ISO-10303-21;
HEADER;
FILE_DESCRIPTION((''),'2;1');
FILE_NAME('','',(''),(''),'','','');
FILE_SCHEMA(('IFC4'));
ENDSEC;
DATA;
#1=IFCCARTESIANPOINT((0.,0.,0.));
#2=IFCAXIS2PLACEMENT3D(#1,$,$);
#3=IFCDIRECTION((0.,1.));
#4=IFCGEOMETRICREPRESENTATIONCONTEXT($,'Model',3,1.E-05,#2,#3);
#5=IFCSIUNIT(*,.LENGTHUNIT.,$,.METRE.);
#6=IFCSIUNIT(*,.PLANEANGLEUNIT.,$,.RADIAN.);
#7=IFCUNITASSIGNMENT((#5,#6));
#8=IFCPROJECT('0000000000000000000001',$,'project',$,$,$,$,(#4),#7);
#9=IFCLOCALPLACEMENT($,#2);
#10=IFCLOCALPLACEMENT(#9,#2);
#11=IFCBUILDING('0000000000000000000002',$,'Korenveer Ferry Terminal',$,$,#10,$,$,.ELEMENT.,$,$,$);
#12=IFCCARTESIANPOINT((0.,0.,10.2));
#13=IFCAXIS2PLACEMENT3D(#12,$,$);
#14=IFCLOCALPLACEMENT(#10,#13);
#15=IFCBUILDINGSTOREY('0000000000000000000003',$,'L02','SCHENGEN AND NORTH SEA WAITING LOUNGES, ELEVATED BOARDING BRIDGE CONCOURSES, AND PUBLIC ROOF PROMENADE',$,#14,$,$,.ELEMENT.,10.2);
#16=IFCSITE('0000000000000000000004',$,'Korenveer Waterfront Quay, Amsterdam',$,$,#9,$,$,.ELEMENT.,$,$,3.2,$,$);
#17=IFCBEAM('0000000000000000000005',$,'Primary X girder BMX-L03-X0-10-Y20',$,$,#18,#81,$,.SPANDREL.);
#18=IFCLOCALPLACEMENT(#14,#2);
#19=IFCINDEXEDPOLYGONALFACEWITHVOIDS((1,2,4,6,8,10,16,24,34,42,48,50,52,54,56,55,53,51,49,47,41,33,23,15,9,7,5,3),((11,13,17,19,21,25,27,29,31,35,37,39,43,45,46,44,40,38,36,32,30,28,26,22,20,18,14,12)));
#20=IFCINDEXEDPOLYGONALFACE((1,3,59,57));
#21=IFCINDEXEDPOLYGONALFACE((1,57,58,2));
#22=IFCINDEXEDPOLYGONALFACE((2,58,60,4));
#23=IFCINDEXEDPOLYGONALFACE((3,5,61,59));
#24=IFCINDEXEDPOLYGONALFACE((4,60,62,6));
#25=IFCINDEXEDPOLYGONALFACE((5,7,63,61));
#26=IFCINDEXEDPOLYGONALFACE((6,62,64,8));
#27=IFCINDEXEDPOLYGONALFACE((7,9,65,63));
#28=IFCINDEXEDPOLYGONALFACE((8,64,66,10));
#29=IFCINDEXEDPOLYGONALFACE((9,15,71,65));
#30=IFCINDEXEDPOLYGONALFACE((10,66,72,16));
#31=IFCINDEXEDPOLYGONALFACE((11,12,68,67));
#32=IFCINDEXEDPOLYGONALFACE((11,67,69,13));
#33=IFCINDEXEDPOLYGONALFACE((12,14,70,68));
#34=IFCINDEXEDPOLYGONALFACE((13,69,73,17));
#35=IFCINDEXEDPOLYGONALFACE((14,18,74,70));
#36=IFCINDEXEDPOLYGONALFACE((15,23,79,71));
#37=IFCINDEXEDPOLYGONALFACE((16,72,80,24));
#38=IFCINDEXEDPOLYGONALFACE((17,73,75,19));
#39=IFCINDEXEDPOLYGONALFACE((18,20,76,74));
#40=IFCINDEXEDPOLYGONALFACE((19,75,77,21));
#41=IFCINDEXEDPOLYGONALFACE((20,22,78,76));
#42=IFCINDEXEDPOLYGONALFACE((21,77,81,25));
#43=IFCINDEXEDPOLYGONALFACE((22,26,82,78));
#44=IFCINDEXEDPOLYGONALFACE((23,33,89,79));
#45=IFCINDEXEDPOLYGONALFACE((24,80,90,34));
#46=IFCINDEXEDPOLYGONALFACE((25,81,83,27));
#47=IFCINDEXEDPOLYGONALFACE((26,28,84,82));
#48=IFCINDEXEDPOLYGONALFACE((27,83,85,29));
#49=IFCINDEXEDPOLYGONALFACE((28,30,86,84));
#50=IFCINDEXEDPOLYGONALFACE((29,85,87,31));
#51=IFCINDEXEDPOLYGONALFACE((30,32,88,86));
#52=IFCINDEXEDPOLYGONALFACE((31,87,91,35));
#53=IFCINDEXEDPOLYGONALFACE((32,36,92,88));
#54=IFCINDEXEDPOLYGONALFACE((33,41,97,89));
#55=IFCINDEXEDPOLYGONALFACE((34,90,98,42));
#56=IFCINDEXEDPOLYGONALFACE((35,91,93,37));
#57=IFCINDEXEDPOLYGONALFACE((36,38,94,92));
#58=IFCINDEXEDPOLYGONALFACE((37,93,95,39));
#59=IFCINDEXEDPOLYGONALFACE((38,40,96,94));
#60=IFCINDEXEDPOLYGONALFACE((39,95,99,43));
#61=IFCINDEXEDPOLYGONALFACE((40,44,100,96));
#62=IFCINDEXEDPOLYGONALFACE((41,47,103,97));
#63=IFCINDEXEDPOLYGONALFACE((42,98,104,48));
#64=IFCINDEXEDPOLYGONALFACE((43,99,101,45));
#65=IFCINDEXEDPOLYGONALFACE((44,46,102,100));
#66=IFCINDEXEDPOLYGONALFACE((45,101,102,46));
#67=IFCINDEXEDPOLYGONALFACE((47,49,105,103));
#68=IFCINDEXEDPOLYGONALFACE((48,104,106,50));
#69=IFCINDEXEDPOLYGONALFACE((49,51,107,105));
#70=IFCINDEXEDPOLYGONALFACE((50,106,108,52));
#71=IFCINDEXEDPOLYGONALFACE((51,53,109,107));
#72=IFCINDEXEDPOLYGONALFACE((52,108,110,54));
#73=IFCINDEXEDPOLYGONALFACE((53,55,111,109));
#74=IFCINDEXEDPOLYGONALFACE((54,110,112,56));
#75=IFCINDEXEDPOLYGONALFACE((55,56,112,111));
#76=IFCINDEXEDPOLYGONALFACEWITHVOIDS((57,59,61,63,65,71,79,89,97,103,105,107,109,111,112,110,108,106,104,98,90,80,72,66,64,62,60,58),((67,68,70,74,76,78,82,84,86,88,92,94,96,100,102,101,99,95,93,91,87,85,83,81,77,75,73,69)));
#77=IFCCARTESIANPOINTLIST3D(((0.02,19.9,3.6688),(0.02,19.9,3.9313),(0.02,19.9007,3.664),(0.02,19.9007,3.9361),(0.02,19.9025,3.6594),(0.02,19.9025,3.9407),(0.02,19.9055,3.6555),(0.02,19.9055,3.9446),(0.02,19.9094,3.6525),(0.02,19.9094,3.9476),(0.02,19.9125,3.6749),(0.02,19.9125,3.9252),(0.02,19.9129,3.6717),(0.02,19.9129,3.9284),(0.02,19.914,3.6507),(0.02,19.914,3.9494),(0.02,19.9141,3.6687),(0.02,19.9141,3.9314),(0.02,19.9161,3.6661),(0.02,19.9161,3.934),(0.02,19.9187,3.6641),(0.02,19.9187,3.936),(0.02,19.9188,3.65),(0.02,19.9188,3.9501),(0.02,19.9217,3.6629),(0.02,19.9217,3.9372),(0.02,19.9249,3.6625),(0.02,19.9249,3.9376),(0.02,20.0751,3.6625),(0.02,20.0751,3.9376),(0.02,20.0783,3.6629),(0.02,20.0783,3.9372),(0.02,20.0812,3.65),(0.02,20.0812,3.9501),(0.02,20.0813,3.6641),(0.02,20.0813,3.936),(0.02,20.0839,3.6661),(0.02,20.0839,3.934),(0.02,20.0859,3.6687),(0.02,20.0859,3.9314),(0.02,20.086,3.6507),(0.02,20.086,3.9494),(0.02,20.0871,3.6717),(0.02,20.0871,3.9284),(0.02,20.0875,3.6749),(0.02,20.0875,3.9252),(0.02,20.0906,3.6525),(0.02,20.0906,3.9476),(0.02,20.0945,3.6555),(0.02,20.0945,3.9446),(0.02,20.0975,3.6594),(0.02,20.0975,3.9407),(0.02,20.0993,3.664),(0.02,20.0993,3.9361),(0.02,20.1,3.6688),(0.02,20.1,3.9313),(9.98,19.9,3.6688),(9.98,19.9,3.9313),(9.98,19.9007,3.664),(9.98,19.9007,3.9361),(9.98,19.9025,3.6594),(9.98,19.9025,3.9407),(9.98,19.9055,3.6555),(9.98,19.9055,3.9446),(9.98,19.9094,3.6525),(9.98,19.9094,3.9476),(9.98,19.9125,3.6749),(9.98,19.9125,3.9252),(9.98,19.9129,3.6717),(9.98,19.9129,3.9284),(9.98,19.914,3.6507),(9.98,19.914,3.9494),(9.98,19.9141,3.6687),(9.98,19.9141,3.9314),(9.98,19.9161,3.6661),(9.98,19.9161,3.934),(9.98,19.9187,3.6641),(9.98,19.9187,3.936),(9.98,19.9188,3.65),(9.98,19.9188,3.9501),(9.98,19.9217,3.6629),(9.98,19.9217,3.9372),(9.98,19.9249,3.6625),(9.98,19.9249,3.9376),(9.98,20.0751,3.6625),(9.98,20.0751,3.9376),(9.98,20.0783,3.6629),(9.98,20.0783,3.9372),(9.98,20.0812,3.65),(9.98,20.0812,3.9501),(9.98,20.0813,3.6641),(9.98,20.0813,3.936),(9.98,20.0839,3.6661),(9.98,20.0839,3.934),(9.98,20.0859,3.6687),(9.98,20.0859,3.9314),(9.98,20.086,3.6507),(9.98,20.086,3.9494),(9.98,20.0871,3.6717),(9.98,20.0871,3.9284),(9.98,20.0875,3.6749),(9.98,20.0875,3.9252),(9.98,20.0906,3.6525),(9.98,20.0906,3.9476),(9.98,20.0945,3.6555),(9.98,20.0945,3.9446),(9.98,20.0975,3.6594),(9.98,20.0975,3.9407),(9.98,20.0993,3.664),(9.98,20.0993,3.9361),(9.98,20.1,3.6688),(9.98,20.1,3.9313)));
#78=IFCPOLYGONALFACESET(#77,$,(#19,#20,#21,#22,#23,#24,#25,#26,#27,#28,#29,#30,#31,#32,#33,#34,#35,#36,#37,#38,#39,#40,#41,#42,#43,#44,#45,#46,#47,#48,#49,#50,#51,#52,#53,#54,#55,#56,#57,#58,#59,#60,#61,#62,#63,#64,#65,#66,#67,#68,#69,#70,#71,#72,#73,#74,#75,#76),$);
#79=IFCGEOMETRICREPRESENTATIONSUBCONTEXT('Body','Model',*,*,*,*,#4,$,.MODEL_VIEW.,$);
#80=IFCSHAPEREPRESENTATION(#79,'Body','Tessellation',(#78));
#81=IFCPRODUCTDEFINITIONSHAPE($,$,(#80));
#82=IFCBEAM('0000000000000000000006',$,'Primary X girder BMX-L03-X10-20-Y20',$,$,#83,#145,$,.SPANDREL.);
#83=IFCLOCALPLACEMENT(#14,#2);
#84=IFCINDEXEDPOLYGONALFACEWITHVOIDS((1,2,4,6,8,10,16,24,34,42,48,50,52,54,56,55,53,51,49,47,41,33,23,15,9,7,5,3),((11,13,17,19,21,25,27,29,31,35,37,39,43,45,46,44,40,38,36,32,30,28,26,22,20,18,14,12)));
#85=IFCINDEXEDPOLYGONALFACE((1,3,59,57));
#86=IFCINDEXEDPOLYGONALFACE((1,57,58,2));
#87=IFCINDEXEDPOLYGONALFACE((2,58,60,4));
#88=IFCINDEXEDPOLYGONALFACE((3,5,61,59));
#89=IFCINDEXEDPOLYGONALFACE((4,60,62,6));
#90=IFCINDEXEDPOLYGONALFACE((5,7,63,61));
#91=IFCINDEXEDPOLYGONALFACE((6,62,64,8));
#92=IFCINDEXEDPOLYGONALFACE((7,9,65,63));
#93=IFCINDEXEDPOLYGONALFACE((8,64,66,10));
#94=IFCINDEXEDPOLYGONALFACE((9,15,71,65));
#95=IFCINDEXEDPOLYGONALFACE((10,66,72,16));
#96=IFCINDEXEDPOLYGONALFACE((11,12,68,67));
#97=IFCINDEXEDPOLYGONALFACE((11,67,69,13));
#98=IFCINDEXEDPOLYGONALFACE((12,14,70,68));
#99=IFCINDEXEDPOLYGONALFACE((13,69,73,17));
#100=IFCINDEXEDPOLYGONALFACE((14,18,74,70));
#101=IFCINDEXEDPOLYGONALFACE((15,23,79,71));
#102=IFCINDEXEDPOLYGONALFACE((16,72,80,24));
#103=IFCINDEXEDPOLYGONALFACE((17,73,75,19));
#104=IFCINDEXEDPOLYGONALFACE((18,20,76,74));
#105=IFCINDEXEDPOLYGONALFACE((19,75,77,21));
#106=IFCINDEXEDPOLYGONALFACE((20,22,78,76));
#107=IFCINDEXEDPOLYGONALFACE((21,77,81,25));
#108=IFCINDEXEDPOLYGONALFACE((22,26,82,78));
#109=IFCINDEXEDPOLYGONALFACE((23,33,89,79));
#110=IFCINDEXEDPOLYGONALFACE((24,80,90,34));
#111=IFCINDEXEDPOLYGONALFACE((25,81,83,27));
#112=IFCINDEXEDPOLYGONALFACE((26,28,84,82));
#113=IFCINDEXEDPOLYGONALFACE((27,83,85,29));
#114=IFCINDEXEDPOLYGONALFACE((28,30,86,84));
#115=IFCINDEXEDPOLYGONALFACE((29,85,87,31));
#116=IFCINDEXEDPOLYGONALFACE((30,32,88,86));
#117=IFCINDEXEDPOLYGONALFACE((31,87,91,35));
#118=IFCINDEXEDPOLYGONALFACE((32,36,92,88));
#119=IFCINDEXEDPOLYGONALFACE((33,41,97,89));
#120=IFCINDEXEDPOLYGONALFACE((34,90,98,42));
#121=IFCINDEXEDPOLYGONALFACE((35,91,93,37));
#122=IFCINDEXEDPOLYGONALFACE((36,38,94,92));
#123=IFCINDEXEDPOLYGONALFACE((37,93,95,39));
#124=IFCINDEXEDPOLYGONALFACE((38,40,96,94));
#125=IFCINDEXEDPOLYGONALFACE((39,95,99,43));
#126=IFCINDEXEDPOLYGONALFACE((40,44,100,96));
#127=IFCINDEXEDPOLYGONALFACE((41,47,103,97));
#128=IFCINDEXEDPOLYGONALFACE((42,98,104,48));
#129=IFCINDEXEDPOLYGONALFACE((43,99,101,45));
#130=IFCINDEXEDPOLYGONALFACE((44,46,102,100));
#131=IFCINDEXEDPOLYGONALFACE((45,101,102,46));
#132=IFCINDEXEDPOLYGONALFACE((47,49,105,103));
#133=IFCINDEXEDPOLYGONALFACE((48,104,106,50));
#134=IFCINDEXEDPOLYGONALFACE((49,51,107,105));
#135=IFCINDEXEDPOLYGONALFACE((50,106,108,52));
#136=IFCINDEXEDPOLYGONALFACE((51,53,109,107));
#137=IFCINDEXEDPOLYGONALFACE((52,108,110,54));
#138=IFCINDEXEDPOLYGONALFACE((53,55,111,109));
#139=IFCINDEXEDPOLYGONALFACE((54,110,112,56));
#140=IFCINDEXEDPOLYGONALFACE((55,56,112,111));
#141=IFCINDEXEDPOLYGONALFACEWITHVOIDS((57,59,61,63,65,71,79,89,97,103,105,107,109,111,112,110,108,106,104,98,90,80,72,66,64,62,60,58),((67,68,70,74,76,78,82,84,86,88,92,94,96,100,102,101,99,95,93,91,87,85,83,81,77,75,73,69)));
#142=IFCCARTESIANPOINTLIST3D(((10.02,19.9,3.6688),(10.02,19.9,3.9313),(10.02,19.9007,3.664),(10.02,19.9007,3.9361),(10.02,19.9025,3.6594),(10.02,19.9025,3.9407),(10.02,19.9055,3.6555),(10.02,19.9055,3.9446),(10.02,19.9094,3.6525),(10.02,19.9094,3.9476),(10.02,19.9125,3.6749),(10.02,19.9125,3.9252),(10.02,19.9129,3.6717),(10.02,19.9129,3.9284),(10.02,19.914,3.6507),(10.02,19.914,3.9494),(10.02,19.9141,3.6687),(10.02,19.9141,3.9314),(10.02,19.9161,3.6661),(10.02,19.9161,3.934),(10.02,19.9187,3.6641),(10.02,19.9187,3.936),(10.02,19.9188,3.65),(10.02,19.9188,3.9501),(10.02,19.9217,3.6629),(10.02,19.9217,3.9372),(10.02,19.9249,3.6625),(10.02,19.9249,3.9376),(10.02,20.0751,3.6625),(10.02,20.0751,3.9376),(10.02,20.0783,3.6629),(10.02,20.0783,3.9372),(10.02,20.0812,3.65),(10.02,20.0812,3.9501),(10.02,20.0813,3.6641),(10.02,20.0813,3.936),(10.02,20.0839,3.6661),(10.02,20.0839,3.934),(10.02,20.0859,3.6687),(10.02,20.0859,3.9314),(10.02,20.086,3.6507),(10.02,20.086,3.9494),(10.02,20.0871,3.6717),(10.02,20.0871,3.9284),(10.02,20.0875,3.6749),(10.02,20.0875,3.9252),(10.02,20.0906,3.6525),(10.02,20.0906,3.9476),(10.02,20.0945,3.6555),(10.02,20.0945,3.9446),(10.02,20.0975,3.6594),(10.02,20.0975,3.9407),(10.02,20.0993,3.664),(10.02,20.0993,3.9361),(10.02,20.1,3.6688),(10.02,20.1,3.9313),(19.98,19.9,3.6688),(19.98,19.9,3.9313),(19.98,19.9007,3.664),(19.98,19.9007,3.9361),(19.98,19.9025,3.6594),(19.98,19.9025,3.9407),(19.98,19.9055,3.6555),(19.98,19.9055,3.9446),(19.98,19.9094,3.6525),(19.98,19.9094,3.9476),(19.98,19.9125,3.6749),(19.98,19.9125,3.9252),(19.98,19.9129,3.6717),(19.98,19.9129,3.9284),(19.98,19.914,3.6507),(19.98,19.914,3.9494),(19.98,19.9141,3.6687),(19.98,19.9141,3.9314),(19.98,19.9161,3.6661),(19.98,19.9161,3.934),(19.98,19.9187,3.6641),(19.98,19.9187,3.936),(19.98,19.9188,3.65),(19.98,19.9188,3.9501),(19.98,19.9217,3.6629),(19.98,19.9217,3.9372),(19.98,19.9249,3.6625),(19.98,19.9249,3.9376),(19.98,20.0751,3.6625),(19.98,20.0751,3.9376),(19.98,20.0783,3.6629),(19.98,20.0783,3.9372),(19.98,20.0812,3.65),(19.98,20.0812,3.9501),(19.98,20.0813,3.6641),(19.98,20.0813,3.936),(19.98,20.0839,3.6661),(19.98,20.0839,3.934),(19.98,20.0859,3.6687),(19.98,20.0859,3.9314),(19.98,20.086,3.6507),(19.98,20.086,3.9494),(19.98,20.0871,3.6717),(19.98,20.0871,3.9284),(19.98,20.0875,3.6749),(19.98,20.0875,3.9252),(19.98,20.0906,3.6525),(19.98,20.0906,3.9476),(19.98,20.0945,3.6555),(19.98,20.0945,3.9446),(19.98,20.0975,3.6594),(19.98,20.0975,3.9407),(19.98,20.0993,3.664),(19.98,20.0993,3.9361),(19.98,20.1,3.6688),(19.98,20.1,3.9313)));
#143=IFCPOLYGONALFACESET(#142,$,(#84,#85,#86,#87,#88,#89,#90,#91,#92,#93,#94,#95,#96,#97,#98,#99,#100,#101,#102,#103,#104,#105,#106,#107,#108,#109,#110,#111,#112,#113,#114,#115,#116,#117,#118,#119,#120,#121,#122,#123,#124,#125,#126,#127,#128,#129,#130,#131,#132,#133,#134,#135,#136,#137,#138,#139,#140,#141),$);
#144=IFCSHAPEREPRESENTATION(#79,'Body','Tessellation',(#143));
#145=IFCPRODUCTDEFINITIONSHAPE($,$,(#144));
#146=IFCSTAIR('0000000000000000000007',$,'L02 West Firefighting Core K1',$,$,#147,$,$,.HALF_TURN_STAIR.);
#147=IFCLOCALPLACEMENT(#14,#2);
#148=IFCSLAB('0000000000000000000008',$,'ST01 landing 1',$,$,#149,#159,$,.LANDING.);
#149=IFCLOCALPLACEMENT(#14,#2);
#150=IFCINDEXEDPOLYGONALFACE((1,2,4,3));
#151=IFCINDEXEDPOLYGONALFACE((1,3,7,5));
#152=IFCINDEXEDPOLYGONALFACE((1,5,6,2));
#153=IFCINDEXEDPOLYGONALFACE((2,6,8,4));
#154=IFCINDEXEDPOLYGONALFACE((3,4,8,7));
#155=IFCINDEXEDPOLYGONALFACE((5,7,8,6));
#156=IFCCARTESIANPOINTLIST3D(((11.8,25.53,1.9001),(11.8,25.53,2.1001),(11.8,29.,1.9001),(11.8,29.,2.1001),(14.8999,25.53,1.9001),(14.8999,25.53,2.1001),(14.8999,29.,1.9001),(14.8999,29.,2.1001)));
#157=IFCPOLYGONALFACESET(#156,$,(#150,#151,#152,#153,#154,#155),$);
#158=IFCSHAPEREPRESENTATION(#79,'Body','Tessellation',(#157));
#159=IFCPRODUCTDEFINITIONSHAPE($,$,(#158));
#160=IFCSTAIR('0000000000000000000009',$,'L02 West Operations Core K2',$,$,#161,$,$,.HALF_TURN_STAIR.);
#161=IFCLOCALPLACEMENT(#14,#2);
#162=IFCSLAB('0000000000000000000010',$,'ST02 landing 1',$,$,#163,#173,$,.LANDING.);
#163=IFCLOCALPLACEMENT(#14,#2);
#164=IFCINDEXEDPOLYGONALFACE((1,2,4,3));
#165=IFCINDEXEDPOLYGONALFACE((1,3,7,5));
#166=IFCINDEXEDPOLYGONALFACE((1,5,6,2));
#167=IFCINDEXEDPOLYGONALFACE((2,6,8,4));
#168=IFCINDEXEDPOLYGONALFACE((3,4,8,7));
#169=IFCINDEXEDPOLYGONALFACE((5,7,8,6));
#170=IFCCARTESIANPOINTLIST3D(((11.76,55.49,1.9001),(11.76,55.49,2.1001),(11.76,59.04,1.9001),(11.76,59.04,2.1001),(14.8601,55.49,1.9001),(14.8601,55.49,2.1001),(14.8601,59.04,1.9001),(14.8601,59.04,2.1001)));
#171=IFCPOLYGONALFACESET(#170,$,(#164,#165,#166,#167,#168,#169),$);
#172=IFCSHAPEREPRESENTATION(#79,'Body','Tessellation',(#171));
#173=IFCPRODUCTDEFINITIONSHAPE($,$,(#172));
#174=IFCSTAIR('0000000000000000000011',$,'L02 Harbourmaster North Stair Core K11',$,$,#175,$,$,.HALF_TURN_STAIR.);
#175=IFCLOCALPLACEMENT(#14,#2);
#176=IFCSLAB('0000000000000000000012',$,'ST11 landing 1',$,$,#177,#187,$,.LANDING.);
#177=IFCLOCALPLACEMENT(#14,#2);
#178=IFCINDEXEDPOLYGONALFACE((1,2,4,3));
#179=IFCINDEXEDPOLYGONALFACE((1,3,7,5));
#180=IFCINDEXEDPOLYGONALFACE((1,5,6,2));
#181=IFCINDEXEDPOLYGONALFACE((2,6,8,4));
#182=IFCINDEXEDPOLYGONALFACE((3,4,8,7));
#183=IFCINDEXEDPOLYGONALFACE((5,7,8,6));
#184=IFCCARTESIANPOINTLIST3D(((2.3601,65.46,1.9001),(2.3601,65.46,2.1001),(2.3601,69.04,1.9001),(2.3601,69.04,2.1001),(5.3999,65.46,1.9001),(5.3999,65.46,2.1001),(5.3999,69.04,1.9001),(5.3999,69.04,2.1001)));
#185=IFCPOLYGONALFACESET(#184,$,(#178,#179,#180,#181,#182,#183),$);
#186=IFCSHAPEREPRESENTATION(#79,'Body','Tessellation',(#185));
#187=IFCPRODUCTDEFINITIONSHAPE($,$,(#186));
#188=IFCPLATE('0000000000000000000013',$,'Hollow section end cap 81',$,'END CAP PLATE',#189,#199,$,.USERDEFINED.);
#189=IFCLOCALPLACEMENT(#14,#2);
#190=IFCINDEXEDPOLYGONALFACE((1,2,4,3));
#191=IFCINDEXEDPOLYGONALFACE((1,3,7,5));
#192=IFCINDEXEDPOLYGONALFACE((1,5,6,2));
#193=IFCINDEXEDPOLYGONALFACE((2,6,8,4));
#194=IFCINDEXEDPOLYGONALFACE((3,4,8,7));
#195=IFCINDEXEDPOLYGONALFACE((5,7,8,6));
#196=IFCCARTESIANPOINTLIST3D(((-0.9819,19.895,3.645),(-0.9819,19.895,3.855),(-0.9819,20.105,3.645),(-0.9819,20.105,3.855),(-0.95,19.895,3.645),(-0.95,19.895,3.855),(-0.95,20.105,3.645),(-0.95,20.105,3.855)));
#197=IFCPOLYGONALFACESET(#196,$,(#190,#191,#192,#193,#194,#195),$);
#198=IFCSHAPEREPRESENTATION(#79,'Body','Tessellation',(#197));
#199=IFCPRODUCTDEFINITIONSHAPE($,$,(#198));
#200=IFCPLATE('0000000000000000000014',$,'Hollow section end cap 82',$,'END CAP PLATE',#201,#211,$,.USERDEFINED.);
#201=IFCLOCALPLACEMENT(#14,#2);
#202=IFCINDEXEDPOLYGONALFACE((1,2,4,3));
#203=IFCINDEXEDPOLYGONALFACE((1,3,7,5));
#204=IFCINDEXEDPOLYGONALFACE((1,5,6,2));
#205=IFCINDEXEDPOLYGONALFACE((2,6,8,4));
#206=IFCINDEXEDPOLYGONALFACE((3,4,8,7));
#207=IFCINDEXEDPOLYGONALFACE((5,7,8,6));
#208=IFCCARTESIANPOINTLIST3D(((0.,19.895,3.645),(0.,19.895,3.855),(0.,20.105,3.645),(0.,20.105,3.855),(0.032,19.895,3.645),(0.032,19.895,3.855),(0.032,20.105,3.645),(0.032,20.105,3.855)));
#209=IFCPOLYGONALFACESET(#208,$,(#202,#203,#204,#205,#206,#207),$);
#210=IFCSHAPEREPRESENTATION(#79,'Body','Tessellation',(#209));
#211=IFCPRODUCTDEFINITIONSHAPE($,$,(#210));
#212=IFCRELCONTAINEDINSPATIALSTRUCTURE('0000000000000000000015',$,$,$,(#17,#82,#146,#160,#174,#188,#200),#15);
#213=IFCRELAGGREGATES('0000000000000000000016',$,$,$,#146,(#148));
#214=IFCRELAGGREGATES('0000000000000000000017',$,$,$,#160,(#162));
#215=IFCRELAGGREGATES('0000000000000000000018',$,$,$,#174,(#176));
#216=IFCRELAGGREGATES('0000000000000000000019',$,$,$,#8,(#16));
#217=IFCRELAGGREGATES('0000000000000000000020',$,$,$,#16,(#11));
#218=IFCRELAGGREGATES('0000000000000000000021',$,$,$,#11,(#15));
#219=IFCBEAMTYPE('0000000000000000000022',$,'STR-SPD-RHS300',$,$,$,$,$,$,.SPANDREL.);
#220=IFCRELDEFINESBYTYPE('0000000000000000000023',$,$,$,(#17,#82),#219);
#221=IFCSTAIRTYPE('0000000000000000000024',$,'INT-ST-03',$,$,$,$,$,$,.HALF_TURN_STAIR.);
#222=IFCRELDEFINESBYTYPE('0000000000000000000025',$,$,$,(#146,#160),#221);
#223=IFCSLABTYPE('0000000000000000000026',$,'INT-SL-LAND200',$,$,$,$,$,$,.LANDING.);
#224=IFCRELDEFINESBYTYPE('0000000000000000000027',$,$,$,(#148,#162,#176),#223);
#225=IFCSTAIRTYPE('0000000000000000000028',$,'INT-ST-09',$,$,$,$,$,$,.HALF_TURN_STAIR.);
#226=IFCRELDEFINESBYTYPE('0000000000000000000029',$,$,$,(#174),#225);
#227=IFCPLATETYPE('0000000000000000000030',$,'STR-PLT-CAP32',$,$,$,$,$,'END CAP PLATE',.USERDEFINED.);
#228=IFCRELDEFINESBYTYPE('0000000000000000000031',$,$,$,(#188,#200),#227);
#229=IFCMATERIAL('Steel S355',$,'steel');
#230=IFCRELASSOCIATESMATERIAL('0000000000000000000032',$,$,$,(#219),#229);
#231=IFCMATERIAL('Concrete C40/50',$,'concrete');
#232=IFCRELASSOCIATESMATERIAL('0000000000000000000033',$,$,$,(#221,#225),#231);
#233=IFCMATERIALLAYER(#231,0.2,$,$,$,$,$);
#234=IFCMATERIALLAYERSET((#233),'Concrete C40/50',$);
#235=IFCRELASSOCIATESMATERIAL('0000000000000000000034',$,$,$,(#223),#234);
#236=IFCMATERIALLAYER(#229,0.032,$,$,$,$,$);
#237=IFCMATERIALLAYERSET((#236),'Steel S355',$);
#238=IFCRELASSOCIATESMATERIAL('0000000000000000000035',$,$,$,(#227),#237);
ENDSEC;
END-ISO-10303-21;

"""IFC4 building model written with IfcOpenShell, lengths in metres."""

from ifc_helpers import new_model, si_unit, direction, frame, origin, origin_2d, place, context, subcontext, project, spatial, polyline, rectangle, hollow_rectangle, outline, extrude, material, layer, layer_set, material_profile, profile_set, type_object, element, aggregate, save


model = new_model("IFC4")

# Units and contexts
model_context = context("Model", 3, precision=1e-05, world=origin(), true_north=direction((0.0, 1.0)))
body_context = subcontext(model_context, "Body", "Model", "MODEL_VIEW")
ifc_project = project(units=[si_unit("LENGTHUNIT", "METRE"), si_unit("PLANEANGLEUNIT", "RADIAN")], contexts=[model_context])

# Site, building, storey
site_placement = place(None, origin())
site = spatial("IfcSite", under=ifc_project, at=site_placement, Name="Korenveer Waterfront Quay, Amsterdam", CompositionType="ELEMENT", RefElevation=3.2)
building_placement = place(site_placement, origin())
building = spatial("IfcBuilding", under=site, at=building_placement, Name="Korenveer Ferry Terminal", CompositionType="ELEMENT")
storey_placement = place(building_placement, frame((0.0, 0.0, 10.2)))
storey = spatial("IfcBuildingStorey", under=building, at=storey_placement, Name="L02", Description="SCHENGEN AND NORTH SEA WAITING LOUNGES, ELEVATED BOARDING BRIDGE CONCOURSES, AND PUBLIC ROOF PROMENADE", CompositionType="ELEMENT", Elevation=10.2)

# Shared definitions
ifc_material_1 = material(Name="Steel S355", Category="steel")

# Beams
ifc_material_profile_1 = material_profile(ifc_material_1, hollow_rectangle(XDim=0.2, YDim=0.3, WallThickness=0.0125, InnerFilletRadius=0.0125, OuterFilletRadius=0.0188, at=origin_2d()), Name="RHS 300x200x12.5")
ifc_profile_set_1 = profile_set([ifc_material_profile_1], Name="Steel S355")
beam_type_1 = type_object("IfcBeamType", Name="STR-SPD-RHS300", PredefinedType="SPANDREL", material=ifc_profile_set_1)
for number, where, z_axis, x_axis, name in (
    (1, (0.02, 20.0, 3.8), (1.0, 0.0, 0.0), (0.0, 1.0, 0.0), "Primary X girder BMX-L03-X0-10-Y20"),
    (2, (10.02, 20.0, 3.8), (1.0, 0.0, 0.0), (0.0, 1.0, 0.0), "Primary X girder BMX-L03-X10-20-Y20"),
):
    element("IfcBeam", number, at=place(storey_placement, frame(where, z_axis=z_axis, x_axis=x_axis)), inside=storey, type_object=beam_type_1, Name=name, PredefinedType="SPANDREL", context=body_context, shape_type="SweptSolid", body=[
        extrude(hollow_rectangle(XDim=0.2, YDim=0.3, WallThickness=0.0125, InnerFilletRadius=0.0125, OuterFilletRadius=0.0188, at=origin_2d()), origin(), (0.0, 0.0, 1.0), 9.96),
    ])

# Stairs, slabs
ifc_material_2 = material(Name="Concrete C40/50", Category="concrete")
stair_type_1 = type_object("IfcStairType", Name="INT-ST-03", PredefinedType="HALF_TURN_STAIR", material=ifc_material_2)
stair_1_placement = place(storey_placement, frame((14.175, 22.45, 0.0)))
stair_1 = element("IfcStair", 3, at=stair_1_placement, inside=storey, type_object=stair_type_1, Name="L02 West Firefighting Core K1", PredefinedType="HALF_TURN_STAIR")
ifc_layer_1 = layer(ifc_material_2, 0.2)
ifc_layer_set_1 = layer_set([ifc_layer_1], Name="Concrete C40/50")
slab_type_1 = type_object("IfcSlabType", Name="INT-SL-LAND200", PredefinedType="LANDING", material=ifc_layer_set_1)
slab_1_placement = place(storey_placement, frame((0.0, 0.0, 1.9001)))
slab_1 = element("IfcSlab", 4, at=slab_1_placement, type_object=slab_type_1, Name="ST01 landing 1", PredefinedType="LANDING", context=body_context, shape_type="SweptSolid", body=[
    extrude(outline(polyline([(14.8999, 25.53), (14.8999, 29.0), (11.8, 29.0), (11.8, 25.53), (14.8999, 25.53)])), origin(), (0.0, 0.0, 1.0), 0.2),
])
aggregate(stair_1, [slab_1])
stair_2_placement = place(storey_placement, frame((14.135, 52.4099, 0.0)))
stair_2 = element("IfcStair", 5, at=stair_2_placement, inside=storey, type_object=stair_type_1, Name="L02 West Operations Core K2", PredefinedType="HALF_TURN_STAIR")
slab_2_placement = place(storey_placement, frame((0.0, 0.0, 1.9001)))
slab_2 = element("IfcSlab", 6, at=slab_2_placement, type_object=slab_type_1, Name="ST02 landing 1", PredefinedType="LANDING", context=body_context, shape_type="SweptSolid", body=[
    extrude(outline(polyline([(14.8601, 55.49), (14.8601, 59.04), (11.76, 59.04), (11.76, 55.49), (14.8601, 55.49)])), origin(), (0.0, 0.0, 1.0), 0.2),
])
aggregate(stair_2, [slab_2])
stair_type_2 = type_object("IfcStairType", Name="INT-ST-09", PredefinedType="HALF_TURN_STAIR", material=ifc_material_2)
stair_3_placement = place(storey_placement, frame((4.6899, 62.3799, 0.0)))
stair_3 = element("IfcStair", 7, at=stair_3_placement, inside=storey, type_object=stair_type_2, Name="L02 Harbourmaster North Stair Core K11", PredefinedType="HALF_TURN_STAIR")
slab_3_placement = place(storey_placement, frame((0.0, 0.0, 1.9001)))
slab_3 = element("IfcSlab", 8, at=slab_3_placement, type_object=slab_type_1, Name="ST11 landing 1", PredefinedType="LANDING", context=body_context, shape_type="SweptSolid", body=[
    extrude(outline(polyline([(5.3999, 65.46), (5.3999, 69.04), (2.3601, 69.04), (2.3601, 65.46), (5.3999, 65.46)])), origin(), (0.0, 0.0, 1.0), 0.2),
])
aggregate(stair_3, [slab_3])

# Plates
ifc_layer_2 = layer(ifc_material_1, 0.032)
ifc_layer_set_2 = layer_set([ifc_layer_2], Name="Steel S355")
plate_type = type_object("IfcPlateType", Name="STR-PLT-CAP32", ElementType="END CAP PLATE", PredefinedType="USERDEFINED", material=ifc_layer_set_2)
for number, where, z_axis, x_axis, name in (
    (9, (-0.9819, 20.0, 3.75), (1.0, 0.0, 0.0), (0.0, 1.0, 0.0), "Hollow section end cap 81"),
    (10, (0.0, 20.0, 3.75), (1.0, 0.0, 0.0), (0.0, 1.0, 0.0), "Hollow section end cap 82"),
):
    element("IfcPlate", number, at=place(storey_placement, frame(where, z_axis=z_axis, x_axis=x_axis)), inside=storey, type_object=plate_type, Name=name, ObjectType="END CAP PLATE", PredefinedType="USERDEFINED", context=body_context, shape_type="SweptSolid", body=[
        extrude(rectangle(XDim=0.21, YDim=0.21, at=origin_2d()), origin(), (0.0, 0.0, 1.0), 0.032),
    ])

save(model, "model.ifc")
